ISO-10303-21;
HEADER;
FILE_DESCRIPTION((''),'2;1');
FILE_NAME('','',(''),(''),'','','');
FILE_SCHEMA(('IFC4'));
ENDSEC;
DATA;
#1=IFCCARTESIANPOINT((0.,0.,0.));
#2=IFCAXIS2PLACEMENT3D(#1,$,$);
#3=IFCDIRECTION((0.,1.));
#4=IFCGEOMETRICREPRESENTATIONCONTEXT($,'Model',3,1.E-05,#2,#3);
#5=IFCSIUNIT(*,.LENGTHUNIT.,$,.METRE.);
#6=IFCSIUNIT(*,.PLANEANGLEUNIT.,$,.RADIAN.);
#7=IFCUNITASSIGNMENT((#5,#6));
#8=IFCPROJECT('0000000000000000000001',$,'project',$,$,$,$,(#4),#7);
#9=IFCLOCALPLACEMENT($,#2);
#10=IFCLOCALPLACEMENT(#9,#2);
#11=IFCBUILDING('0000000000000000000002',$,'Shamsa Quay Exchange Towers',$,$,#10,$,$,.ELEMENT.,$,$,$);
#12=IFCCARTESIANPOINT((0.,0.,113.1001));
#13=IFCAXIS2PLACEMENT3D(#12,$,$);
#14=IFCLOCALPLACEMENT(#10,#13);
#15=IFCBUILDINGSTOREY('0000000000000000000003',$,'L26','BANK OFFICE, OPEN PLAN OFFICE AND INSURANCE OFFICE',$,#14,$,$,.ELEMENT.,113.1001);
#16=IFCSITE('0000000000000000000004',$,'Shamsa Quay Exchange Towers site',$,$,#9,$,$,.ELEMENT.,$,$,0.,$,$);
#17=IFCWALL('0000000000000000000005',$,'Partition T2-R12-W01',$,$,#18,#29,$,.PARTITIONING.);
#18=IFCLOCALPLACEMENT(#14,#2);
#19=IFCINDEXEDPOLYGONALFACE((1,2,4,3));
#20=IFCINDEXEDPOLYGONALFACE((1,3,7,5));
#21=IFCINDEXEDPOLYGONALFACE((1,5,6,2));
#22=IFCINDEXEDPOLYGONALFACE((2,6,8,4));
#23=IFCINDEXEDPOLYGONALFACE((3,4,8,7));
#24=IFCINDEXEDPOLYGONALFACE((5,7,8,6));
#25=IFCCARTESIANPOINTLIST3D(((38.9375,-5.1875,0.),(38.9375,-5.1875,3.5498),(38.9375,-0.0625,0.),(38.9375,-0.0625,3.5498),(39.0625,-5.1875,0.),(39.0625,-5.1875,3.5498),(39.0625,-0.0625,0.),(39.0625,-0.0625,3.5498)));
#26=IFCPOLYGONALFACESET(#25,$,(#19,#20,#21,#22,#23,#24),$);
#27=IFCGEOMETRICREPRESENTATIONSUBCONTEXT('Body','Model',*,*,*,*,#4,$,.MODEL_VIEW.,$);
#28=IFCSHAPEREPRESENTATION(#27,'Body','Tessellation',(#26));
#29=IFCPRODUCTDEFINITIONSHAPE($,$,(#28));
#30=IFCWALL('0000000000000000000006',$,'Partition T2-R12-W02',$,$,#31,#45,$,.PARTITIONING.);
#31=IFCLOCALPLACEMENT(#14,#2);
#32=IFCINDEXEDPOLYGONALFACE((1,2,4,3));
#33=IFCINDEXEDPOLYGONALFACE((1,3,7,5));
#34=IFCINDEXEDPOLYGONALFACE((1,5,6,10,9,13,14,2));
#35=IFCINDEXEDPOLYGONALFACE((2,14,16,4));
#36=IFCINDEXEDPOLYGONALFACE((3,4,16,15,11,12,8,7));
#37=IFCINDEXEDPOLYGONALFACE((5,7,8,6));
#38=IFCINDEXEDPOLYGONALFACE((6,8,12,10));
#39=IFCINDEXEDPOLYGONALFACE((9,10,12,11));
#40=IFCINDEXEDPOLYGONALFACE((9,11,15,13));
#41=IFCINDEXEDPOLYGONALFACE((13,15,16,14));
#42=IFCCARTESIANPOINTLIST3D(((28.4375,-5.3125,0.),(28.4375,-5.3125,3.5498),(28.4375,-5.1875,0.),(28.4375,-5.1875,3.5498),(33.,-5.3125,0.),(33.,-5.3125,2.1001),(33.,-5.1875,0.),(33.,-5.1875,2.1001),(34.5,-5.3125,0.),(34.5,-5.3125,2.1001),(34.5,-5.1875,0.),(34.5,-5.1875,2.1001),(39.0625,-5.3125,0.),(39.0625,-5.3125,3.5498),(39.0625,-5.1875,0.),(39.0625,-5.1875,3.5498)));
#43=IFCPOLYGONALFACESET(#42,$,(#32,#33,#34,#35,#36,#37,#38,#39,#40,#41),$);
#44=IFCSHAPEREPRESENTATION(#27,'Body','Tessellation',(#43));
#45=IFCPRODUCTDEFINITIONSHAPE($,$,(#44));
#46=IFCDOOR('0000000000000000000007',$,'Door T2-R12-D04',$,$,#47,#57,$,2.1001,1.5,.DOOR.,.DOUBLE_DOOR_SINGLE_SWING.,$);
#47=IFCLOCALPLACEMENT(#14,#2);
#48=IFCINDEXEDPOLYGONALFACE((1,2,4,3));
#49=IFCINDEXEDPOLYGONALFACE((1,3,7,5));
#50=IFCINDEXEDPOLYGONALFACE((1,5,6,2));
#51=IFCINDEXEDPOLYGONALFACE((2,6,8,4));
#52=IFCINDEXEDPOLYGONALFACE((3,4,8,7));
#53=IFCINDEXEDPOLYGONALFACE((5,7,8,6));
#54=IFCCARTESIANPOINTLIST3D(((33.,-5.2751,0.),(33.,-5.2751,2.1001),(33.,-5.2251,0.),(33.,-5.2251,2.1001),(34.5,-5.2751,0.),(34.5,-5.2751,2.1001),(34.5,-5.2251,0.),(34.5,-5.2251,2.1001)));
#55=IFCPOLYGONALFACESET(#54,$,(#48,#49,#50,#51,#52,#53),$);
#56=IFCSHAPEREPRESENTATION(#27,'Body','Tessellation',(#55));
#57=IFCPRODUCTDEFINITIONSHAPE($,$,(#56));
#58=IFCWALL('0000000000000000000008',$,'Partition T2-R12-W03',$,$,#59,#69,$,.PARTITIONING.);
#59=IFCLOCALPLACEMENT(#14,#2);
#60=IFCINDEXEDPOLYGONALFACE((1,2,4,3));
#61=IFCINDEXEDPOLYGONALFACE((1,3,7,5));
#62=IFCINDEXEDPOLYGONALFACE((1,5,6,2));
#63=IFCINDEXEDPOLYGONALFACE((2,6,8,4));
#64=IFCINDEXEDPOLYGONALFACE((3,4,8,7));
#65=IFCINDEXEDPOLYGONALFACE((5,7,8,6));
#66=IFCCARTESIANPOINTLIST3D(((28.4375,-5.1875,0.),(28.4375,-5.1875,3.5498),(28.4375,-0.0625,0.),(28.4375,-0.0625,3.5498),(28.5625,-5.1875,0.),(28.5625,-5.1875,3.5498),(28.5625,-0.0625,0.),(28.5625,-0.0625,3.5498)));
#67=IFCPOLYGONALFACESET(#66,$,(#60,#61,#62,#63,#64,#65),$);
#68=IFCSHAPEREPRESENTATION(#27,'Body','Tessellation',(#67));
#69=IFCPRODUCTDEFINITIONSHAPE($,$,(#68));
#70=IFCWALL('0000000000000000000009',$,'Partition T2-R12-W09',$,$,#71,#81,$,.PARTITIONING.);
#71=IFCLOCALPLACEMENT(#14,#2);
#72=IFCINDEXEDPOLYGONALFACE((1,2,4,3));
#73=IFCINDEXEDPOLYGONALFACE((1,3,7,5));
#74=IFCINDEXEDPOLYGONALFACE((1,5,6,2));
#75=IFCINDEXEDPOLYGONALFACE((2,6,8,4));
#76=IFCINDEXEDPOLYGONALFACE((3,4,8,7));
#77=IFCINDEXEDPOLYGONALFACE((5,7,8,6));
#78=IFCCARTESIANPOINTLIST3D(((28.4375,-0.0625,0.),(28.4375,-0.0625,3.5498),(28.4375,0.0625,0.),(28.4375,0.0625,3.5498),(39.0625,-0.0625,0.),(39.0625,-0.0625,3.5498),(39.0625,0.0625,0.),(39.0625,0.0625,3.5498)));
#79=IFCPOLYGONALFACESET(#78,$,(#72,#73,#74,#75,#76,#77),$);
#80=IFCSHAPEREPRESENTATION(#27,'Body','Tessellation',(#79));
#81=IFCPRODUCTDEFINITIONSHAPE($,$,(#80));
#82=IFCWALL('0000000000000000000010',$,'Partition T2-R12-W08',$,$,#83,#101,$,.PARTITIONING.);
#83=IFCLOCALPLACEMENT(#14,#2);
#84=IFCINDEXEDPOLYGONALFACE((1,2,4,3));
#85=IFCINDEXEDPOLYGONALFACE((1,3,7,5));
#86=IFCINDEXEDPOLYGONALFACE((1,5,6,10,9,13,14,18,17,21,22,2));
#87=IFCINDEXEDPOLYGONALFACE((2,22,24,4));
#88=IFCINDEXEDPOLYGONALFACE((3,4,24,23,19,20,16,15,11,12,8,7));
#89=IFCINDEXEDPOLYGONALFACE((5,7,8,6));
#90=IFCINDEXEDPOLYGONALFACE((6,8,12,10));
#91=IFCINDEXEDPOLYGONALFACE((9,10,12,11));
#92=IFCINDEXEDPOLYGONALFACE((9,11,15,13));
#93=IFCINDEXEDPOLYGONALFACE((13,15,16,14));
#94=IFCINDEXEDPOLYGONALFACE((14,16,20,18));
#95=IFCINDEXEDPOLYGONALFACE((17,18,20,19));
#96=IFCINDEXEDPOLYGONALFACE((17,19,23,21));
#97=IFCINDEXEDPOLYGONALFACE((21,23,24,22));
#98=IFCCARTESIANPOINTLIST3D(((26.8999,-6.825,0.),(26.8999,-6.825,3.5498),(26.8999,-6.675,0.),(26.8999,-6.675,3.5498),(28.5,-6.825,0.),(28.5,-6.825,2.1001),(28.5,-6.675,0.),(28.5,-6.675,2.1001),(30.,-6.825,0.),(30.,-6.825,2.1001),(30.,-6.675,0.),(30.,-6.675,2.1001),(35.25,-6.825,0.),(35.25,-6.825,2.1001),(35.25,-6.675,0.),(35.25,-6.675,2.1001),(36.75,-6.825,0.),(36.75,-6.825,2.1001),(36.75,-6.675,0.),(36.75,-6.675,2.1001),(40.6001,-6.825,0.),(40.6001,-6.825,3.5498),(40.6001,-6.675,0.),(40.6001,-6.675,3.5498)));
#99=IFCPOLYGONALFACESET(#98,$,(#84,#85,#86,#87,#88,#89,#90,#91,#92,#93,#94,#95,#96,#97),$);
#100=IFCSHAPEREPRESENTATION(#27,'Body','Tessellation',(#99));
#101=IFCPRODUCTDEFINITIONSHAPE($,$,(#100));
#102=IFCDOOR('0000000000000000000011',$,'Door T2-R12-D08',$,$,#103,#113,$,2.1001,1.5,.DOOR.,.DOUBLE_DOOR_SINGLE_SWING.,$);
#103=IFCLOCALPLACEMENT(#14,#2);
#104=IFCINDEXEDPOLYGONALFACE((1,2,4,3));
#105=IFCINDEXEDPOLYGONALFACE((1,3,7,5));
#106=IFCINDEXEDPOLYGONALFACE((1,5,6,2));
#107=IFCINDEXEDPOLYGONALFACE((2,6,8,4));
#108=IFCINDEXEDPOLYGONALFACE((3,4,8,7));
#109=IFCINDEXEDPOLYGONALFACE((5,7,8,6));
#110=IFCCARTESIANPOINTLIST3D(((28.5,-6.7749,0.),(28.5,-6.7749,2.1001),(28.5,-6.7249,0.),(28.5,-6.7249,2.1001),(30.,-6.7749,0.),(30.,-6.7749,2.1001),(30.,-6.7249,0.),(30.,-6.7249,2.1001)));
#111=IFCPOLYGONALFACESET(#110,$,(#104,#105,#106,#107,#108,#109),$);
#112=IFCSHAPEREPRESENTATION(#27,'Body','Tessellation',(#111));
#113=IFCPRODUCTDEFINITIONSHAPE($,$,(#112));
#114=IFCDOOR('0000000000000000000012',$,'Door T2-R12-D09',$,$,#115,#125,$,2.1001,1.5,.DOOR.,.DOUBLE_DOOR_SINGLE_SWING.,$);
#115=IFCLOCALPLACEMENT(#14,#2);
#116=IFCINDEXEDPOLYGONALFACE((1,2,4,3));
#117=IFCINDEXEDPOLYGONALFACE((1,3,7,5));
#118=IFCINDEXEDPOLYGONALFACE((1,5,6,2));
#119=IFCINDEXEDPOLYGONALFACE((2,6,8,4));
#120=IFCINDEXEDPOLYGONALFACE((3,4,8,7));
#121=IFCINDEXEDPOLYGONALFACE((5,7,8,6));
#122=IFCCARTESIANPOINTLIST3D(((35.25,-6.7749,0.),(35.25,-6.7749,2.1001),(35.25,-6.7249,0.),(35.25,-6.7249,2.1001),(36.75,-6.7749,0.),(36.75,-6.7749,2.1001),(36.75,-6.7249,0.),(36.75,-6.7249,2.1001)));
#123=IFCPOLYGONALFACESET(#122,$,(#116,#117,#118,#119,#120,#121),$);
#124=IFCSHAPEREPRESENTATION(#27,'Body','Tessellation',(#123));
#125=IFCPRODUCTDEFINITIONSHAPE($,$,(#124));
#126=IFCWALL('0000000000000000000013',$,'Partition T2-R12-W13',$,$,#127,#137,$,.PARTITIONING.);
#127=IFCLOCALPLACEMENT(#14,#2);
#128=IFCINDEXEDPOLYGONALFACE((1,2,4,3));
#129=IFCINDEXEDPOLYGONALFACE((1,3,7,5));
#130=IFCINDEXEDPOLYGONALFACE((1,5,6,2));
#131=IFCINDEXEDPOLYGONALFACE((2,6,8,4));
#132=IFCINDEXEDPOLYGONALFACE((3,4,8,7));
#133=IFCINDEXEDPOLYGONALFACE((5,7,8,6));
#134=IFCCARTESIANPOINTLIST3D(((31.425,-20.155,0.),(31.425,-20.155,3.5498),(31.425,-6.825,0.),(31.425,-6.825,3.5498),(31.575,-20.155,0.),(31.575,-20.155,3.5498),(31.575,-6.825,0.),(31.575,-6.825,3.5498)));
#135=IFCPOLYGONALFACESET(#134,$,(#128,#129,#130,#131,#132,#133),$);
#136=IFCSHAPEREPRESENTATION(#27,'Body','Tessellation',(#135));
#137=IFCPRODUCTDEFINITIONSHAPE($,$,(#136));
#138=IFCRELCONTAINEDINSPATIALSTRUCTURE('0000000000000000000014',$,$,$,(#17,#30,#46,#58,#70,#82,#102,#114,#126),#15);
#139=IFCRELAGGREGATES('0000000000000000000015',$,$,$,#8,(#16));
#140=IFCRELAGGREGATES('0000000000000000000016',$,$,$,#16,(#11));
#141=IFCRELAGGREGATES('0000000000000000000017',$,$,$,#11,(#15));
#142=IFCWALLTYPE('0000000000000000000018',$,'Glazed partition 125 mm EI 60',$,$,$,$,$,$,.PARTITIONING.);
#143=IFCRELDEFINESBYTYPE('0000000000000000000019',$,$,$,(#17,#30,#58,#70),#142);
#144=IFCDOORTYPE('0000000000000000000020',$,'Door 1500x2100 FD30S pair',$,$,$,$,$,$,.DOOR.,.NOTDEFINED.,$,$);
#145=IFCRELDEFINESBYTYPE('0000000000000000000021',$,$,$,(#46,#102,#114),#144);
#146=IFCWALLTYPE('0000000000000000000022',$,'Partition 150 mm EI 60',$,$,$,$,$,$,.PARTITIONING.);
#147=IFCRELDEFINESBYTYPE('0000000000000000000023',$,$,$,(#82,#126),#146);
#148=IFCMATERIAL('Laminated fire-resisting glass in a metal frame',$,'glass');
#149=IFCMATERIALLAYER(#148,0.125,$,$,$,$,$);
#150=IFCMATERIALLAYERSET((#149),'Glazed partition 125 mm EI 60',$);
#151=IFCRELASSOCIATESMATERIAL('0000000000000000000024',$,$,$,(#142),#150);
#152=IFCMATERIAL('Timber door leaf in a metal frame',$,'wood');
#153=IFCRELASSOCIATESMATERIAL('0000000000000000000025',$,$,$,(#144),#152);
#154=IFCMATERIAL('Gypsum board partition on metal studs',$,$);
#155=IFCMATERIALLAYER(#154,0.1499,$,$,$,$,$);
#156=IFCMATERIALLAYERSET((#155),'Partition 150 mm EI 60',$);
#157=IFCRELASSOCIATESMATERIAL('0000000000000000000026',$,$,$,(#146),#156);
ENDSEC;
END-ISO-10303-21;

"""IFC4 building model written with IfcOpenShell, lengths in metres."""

from ifc_helpers import new_model, si_unit, direction, frame, frame_2d, origin, place, context, subcontext, project, spatial, rectangle, extrude, material, layer, layer_set, type_object, element, fill, save


model = new_model("IFC4")

# Units and contexts
model_context = context("Model", 3, precision=1e-05, world=origin(), true_north=direction((0.0, 1.0)))
body_context = subcontext(model_context, "Body", "Model", "MODEL_VIEW")
ifc_project = project(units=[si_unit("LENGTHUNIT", "METRE"), si_unit("PLANEANGLEUNIT", "RADIAN")], contexts=[model_context])

# Site, building, storey
site_placement = place(None, origin())
site = spatial("IfcSite", under=ifc_project, at=site_placement, Name="Shamsa Quay Exchange Towers site", CompositionType="ELEMENT", RefElevation=0.0)
building_placement = place(site_placement, origin())
building = spatial("IfcBuilding", under=site, at=building_placement, Name="Shamsa Quay Exchange Towers", CompositionType="ELEMENT")
storey_placement = place(building_placement, frame((0.0, 0.0, 113.1001)))
storey = spatial("IfcBuildingStorey", under=building, at=storey_placement, Name="L26", Description="BANK OFFICE, OPEN PLAN OFFICE AND INSURANCE OFFICE", CompositionType="ELEMENT", Elevation=113.1001)

# Wall
ifc_material_1 = material(Name="Laminated fire-resisting glass in a metal frame", Category="glass")
ifc_layer_1 = layer(ifc_material_1, 0.125)
ifc_layer_set_1 = layer_set([ifc_layer_1], Name="Glazed partition 125 mm EI 60")
wall_type_1 = type_object("IfcWallType", Name="Glazed partition 125 mm EI 60", PredefinedType="PARTITIONING", material=ifc_layer_set_1)
wall_1_placement = place(storey_placement, frame((39.0, -5.1875, 0.0), z_axis=(0.0, 0.0, 1.0), x_axis=(0.0, 1.0, 0.0)))
element("IfcWall", 1, at=wall_1_placement, inside=storey, type_object=wall_type_1, Name="Partition T2-R12-W01", PredefinedType="PARTITIONING", context=body_context, shape_type="SweptSolid", body=[
    extrude(rectangle(XDim=5.125, YDim=0.125, at=frame_2d((2.5625, 0.0))), origin(), (0.0, 0.0, 1.0), 3.5498),
])

# Wall, opening, door
wall_2_placement = place(storey_placement, frame((28.4375, -5.25, 0.0)))
wall_2 = element("IfcWall", 2, at=wall_2_placement, inside=storey, type_object=wall_type_1, Name="Partition T2-R12-W02", PredefinedType="PARTITIONING", context=body_context, shape_type="SweptSolid", body=[
    extrude(rectangle(XDim=10.625, YDim=0.125, at=frame_2d((5.3125, 0.0))), origin(), (0.0, 0.0, 1.0), 3.5498),
])
opening_1_placement = place(wall_2_placement, frame((4.5625, 0.0, 0.0)))
opening_1 = element("IfcOpeningElement", 3, at=opening_1_placement, cuts=wall_2, PredefinedType="OPENING", context=body_context, shape_type="SweptSolid", body=[
    extrude(rectangle(XDim=1.5, YDim=2.1001, at=frame_2d((0.75, 1.05))), frame((0.0, 0.0725, 0.0), z_axis=(0.0, -1.0, 0.0), x_axis=(1.0, 0.0, 0.0)), (0.0, 0.0, 1.0), 0.145),
])
ifc_material_2 = material(Name="Timber door leaf in a metal frame", Category="wood")
door_type_1 = type_object("IfcDoorType", Name="Door 1500x2100 FD30S pair", OperationType="NOTDEFINED", PredefinedType="DOOR", material=ifc_material_2)
door_1_placement = place(opening_1_placement, origin())
door_1 = element("IfcDoor", 4, at=door_1_placement, inside=storey, type_object=door_type_1, Name="Door T2-R12-D04", OperationType="DOUBLE_DOOR_SINGLE_SWING", OverallHeight=2.1001, OverallWidth=1.5, PredefinedType="DOOR", context=body_context, shape_type="SweptSolid", body=[
    extrude(rectangle(XDim=1.5, YDim=2.1001, at=frame_2d((0.75, 1.05))), frame((0.0, 0.0249, 0.0), z_axis=(0.0, -1.0, 0.0), x_axis=(1.0, 0.0, 0.0)), (0.0, 0.0, 1.0), 0.05),
])
fill(opening_1, door_1)

# Walls
wall_3_placement = place(storey_placement, frame((28.5, -0.0625, 0.0), z_axis=(0.0, 0.0, 1.0), x_axis=(0.0, -1.0, 0.0)))
element("IfcWall", 5, at=wall_3_placement, inside=storey, type_object=wall_type_1, Name="Partition T2-R12-W03", PredefinedType="PARTITIONING", context=body_context, shape_type="SweptSolid", body=[
    extrude(rectangle(XDim=5.125, YDim=0.125, at=frame_2d((2.5625, 0.0))), origin(), (0.0, 0.0, 1.0), 3.5498),
])
wall_4_placement = place(storey_placement, frame((39.0625, 0.0, 0.0), z_axis=(0.0, 0.0, 1.0), x_axis=(-1.0, 0.0, 0.0)))
element("IfcWall", 6, at=wall_4_placement, inside=storey, type_object=wall_type_1, Name="Partition T2-R12-W09", PredefinedType="PARTITIONING", context=body_context, shape_type="SweptSolid", body=[
    extrude(rectangle(XDim=10.625, YDim=0.125, at=frame_2d((5.3125, 0.0))), origin(), (0.0, 0.0, 1.0), 3.5498),
])

# Wall, openings, doors
ifc_material_3 = material(Name="Gypsum board partition on metal studs")
ifc_layer_2 = layer(ifc_material_3, 0.1499)
ifc_layer_set_2 = layer_set([ifc_layer_2], Name="Partition 150 mm EI 60")
wall_type_2 = type_object("IfcWallType", Name="Partition 150 mm EI 60", PredefinedType="PARTITIONING", material=ifc_layer_set_2)
wall_5_placement = place(storey_placement, frame((40.6001, -6.75, 0.0), z_axis=(0.0, 0.0, 1.0), x_axis=(-1.0, 0.0, 0.0)))
wall_5 = element("IfcWall", 7, at=wall_5_placement, inside=storey, type_object=wall_type_2, Name="Partition T2-R12-W08", PredefinedType="PARTITIONING", context=body_context, shape_type="SweptSolid", body=[
    extrude(rectangle(XDim=13.7002, YDim=0.1499, at=frame_2d((6.8501, 0.0))), origin(), (0.0, 0.0, 1.0), 3.5498),
])
opening_2_placement = place(wall_5_placement, frame((10.6001, 0.0, 0.0)))
opening_2 = element("IfcOpeningElement", 8, at=opening_2_placement, cuts=wall_5, PredefinedType="OPENING", context=body_context, shape_type="SweptSolid", body=[
    extrude(rectangle(XDim=1.5, YDim=2.1001, at=frame_2d((0.75, 1.05))), frame((0.0, 0.085, 0.0), z_axis=(0.0, -1.0, 0.0), x_axis=(1.0, 0.0, 0.0)), (0.0, 0.0, 1.0), 0.1699),
])
opening_3_placement = place(wall_5_placement, frame((3.8501, 0.0, 0.0)))
opening_3 = element("IfcOpeningElement", 9, at=opening_3_placement, cuts=wall_5, PredefinedType="OPENING", context=body_context, shape_type="SweptSolid", body=[
    extrude(rectangle(XDim=1.5, YDim=2.1001, at=frame_2d((0.75, 1.05))), frame((0.0, 0.085, 0.0), z_axis=(0.0, -1.0, 0.0), x_axis=(1.0, 0.0, 0.0)), (0.0, 0.0, 1.0), 0.1699),
])
door_2_placement = place(opening_2_placement, origin())
door_2 = element("IfcDoor", 10, at=door_2_placement, inside=storey, type_object=door_type_1, Name="Door T2-R12-D08", OperationType="DOUBLE_DOOR_SINGLE_SWING", OverallHeight=2.1001, OverallWidth=1.5, PredefinedType="DOOR", context=body_context, shape_type="SweptSolid", body=[
    extrude(rectangle(XDim=1.5, YDim=2.1001, at=frame_2d((0.75, 1.05))), frame((0.0, 0.0249, 0.0), z_axis=(0.0, -1.0, 0.0), x_axis=(1.0, 0.0, 0.0)), (0.0, 0.0, 1.0), 0.05),
])
fill(opening_2, door_2)
door_3_placement = place(opening_3_placement, origin())
door_3 = element("IfcDoor", 11, at=door_3_placement, inside=storey, type_object=door_type_1, Name="Door T2-R12-D09", OperationType="DOUBLE_DOOR_SINGLE_SWING", OverallHeight=2.1001, OverallWidth=1.5, PredefinedType="DOOR", context=body_context, shape_type="SweptSolid", body=[
    extrude(rectangle(XDim=1.5, YDim=2.1001, at=frame_2d((0.75, 1.05))), frame((0.0, 0.0249, 0.0), z_axis=(0.0, -1.0, 0.0), x_axis=(1.0, 0.0, 0.0)), (0.0, 0.0, 1.0), 0.05),
])
fill(opening_3, door_3)

# Wall
wall_6_placement = place(storey_placement, frame((31.5, -6.825, 0.0), z_axis=(0.0, 0.0, 1.0), x_axis=(0.0, -1.0, 0.0)))
element("IfcWall", 12, at=wall_6_placement, inside=storey, type_object=wall_type_2, Name="Partition T2-R12-W13", PredefinedType="PARTITIONING", context=body_context, shape_type="SweptSolid", body=[
    extrude(rectangle(XDim=13.3301, YDim=0.1499, at=frame_2d((6.665, 0.0))), origin(), (0.0, 0.0, 1.0), 3.5498),
])

save(model, "model.ifc")
